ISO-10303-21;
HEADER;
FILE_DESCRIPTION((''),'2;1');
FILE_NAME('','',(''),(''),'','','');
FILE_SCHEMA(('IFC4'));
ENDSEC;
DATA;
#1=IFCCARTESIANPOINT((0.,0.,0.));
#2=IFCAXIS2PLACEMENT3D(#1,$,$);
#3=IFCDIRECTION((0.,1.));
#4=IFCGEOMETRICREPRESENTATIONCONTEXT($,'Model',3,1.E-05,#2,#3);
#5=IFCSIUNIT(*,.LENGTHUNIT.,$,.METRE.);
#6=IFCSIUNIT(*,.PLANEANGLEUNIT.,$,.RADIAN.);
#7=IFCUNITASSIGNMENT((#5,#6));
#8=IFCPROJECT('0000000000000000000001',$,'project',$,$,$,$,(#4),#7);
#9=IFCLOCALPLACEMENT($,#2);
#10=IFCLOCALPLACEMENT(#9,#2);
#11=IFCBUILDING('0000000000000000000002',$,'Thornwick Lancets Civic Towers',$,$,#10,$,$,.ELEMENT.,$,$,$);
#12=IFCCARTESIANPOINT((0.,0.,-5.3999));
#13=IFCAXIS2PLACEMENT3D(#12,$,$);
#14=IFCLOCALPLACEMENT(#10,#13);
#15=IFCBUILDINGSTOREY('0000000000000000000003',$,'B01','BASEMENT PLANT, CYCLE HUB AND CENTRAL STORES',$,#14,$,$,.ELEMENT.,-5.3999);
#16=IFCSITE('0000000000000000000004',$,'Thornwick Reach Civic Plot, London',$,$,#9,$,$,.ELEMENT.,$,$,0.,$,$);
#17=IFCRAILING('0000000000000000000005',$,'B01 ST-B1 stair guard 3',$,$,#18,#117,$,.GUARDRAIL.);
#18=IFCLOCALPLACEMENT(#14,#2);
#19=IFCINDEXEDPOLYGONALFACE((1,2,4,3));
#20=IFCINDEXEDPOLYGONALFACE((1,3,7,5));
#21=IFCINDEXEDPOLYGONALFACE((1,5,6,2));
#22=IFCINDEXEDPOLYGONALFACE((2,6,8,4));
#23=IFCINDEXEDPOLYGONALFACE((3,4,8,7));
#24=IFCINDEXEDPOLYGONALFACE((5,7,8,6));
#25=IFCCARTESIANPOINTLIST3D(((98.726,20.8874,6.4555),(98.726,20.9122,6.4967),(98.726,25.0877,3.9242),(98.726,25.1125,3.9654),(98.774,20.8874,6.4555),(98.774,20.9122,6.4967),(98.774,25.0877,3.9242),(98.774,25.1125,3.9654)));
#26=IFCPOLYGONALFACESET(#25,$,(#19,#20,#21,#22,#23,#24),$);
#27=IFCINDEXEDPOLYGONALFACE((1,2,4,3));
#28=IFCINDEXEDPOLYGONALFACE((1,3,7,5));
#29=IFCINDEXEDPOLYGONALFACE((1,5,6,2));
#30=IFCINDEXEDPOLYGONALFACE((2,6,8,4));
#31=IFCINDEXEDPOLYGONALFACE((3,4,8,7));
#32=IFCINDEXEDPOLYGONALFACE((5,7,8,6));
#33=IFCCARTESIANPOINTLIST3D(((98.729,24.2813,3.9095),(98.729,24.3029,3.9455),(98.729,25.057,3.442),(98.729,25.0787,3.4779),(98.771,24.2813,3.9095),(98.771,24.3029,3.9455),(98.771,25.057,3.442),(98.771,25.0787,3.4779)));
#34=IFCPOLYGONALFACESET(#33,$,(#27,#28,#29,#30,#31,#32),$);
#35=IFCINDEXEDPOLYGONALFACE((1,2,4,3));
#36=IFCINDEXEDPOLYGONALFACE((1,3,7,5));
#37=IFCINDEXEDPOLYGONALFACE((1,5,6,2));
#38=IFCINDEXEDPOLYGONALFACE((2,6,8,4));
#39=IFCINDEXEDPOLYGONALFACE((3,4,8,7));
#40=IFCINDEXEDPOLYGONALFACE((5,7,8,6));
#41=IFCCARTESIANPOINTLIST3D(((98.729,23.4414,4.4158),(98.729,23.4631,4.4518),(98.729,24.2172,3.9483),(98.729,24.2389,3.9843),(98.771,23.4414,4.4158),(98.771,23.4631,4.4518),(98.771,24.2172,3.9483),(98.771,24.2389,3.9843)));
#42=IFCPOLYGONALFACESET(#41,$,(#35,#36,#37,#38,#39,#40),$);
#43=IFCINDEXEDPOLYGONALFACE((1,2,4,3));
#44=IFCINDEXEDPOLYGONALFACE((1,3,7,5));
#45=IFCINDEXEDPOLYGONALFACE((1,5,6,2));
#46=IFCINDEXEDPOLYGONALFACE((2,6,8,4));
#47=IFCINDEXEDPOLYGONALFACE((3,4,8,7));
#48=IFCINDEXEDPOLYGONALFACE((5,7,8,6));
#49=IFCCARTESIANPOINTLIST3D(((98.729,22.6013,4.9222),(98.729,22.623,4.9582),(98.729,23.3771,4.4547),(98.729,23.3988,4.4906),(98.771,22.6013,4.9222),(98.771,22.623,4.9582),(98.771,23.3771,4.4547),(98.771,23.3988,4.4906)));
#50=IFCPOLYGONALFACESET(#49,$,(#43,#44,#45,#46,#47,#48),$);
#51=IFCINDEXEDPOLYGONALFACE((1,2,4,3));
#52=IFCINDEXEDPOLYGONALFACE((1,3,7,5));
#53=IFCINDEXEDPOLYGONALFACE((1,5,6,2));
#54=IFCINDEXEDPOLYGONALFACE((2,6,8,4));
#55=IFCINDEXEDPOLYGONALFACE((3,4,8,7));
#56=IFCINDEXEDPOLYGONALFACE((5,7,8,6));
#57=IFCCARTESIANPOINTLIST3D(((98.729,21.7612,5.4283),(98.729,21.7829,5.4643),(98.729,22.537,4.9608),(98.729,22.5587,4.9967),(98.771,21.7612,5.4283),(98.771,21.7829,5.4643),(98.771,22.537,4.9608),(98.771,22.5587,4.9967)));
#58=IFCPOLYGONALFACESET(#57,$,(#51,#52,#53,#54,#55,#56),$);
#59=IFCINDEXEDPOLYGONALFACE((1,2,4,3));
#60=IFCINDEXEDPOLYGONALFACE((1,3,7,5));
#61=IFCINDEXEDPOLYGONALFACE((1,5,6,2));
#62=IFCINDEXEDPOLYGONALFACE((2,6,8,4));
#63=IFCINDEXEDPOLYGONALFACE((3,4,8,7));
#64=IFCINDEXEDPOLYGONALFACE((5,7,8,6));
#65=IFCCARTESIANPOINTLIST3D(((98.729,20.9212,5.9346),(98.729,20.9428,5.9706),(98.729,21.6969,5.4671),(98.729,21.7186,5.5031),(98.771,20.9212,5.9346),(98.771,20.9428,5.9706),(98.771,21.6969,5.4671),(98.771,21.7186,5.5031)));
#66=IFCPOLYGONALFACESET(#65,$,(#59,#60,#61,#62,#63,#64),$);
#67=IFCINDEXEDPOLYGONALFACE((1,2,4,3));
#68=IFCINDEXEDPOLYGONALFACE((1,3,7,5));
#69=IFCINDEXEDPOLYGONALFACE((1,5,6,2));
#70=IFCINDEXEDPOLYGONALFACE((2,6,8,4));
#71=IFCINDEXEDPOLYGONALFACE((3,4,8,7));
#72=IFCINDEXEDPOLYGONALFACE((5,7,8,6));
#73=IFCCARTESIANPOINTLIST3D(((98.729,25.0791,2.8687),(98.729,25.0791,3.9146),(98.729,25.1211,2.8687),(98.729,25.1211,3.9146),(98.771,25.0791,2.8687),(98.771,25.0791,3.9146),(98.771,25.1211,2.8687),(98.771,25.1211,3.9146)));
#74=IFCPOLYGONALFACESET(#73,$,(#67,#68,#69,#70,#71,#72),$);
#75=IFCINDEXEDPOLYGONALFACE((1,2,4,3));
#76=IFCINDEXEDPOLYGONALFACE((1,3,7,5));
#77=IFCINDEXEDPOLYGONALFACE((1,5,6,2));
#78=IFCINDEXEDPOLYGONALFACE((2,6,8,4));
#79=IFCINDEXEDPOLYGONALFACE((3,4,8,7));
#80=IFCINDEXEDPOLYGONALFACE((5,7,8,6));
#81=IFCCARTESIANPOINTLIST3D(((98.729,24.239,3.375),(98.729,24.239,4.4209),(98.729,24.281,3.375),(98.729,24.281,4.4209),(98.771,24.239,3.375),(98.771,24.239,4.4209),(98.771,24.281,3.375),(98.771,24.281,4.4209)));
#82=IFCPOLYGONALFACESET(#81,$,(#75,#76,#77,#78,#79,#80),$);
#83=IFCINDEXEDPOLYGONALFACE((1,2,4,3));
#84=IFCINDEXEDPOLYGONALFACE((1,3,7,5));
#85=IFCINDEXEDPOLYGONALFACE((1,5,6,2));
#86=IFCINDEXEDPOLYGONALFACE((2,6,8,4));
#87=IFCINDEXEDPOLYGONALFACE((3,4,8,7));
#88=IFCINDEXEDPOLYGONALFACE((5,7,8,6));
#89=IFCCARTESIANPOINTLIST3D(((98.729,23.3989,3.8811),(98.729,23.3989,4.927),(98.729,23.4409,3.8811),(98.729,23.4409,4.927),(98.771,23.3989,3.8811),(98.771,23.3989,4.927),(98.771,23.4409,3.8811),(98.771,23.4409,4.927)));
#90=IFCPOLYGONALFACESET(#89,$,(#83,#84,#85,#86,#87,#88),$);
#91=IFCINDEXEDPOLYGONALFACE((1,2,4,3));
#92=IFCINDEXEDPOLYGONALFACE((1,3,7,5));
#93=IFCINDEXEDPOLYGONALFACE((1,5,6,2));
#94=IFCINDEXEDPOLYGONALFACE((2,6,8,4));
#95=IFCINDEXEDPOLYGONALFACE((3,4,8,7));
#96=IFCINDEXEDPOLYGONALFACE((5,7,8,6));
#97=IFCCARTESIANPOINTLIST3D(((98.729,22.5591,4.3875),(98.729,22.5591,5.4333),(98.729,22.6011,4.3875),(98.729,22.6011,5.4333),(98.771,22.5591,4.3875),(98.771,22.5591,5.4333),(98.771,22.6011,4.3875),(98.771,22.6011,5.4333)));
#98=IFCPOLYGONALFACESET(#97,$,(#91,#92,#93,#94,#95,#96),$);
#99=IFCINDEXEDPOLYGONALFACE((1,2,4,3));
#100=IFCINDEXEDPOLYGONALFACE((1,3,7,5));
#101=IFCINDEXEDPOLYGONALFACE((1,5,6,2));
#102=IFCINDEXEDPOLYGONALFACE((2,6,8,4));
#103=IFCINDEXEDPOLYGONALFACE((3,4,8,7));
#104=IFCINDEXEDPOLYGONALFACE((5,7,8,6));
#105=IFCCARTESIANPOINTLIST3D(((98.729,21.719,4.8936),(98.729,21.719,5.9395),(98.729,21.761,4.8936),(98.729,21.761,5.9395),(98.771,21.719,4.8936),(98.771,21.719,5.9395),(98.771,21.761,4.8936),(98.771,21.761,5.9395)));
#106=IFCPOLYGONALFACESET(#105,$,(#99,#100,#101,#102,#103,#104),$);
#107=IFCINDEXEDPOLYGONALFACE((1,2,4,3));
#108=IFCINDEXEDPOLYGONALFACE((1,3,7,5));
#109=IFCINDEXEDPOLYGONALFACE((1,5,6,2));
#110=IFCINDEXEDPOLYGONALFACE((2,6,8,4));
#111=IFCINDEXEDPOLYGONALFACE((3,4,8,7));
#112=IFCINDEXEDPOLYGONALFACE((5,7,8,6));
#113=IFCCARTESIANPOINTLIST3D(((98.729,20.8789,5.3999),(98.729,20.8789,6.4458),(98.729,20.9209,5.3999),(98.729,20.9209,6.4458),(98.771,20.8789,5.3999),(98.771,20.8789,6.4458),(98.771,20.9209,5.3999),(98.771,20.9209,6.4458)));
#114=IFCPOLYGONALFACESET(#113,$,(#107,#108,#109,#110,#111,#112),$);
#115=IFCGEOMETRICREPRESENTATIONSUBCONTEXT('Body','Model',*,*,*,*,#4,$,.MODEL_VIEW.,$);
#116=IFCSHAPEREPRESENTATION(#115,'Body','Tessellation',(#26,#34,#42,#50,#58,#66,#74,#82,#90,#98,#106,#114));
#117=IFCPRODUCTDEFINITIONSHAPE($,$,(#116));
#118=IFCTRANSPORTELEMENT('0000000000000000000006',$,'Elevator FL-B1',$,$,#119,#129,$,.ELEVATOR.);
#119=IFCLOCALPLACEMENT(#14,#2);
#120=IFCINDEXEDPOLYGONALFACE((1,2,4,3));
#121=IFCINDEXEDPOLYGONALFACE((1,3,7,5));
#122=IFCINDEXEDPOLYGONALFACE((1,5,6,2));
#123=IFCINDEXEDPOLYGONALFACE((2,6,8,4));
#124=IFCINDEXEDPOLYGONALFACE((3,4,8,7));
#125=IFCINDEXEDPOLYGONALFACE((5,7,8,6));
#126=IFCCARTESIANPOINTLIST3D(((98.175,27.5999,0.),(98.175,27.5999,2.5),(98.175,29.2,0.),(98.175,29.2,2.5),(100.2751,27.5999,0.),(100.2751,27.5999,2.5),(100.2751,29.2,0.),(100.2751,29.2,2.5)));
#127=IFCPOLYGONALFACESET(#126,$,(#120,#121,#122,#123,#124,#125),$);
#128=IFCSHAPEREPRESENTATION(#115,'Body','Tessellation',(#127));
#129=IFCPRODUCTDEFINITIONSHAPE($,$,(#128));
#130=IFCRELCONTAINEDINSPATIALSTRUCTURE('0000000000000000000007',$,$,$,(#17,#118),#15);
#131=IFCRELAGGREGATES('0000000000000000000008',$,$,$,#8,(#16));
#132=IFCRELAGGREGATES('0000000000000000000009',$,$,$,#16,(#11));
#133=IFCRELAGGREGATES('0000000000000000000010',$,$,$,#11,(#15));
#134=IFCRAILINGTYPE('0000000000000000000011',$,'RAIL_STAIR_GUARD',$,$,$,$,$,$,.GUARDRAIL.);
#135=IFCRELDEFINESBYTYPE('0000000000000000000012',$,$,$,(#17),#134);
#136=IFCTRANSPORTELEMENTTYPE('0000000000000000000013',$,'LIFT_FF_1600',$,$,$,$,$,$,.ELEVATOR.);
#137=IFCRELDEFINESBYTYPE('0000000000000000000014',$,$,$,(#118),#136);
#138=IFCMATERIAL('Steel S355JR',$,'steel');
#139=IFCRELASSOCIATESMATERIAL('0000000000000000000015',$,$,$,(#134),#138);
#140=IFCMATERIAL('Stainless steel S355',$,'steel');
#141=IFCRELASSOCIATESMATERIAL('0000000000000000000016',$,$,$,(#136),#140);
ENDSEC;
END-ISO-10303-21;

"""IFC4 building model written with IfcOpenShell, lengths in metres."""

from ifc_helpers import new_model, si_unit, direction, frame, origin, origin_2d, place, context, subcontext, project, spatial, rectangle, extrude, material, type_object, element, save


model = new_model("IFC4")

# Units and contexts
model_context = context("Model", 3, precision=1e-05, world=origin(), true_north=direction((0.0, 1.0)))
body_context = subcontext(model_context, "Body", "Model", "MODEL_VIEW")
ifc_project = project(units=[si_unit("LENGTHUNIT", "METRE"), si_unit("PLANEANGLEUNIT", "RADIAN")], contexts=[model_context])

# Site, building, storey
site_placement = place(None, origin())
site = spatial("IfcSite", under=ifc_project, at=site_placement, Name="Thornwick Reach Civic Plot, London", CompositionType="ELEMENT", RefElevation=0.0)
building_placement = place(site_placement, origin())
building = spatial("IfcBuilding", under=site, at=building_placement, Name="Thornwick Lancets Civic Towers", CompositionType="ELEMENT")
storey_placement = place(building_placement, frame((0.0, 0.0, -5.3999)))
storey = spatial("IfcBuildingStorey", under=building, at=storey_placement, Name="B01", Description="BASEMENT PLANT, CYCLE HUB AND CENTRAL STORES", CompositionType="ELEMENT", Elevation=-5.3999)

# Shared definitions
ifc_material_1 = material(Name="Steel S355JR", Category="steel")

# Railing
railing_type = type_object("IfcRailingType", Name="RAIL_STAIR_GUARD", PredefinedType="GUARDRAIL", material=ifc_material_1)
railing_1_placement = place(storey_placement, frame((98.75, 25.1001, 2.8687)))
element("IfcRailing", 1, at=railing_1_placement, inside=storey, type_object=railing_type, Name="B01 ST-B1 stair guard 3", PredefinedType="GUARDRAIL", context=body_context, shape_type="SweptSolid", body=[
    extrude(rectangle(XDim=0.0481, YDim=0.0481, at=origin_2d()), frame((0.0, 0.0, 1.0762), z_axis=(0.0, -0.85649, 0.516164), x_axis=(1.0, 0.0, 0.0)), (0.0, 0.0, 1.0), 4.9041),
    extrude(rectangle(XDim=0.042, YDim=0.042, at=origin_2d()), frame((0.0, -0.0322, 0.5913), z_axis=(0.0, -0.85649, 0.516164), x_axis=(1.0, 0.0, 0.0)), (0.0, 0.0, 1.0), 0.9058),
    extrude(rectangle(XDim=0.042, YDim=0.042, at=origin_2d()), frame((0.0, -0.8721, 1.0977), z_axis=(0.0, -0.85649, 0.516164), x_axis=(1.0, 0.0, 0.0)), (0.0, 0.0, 1.0), 0.9058),
    extrude(rectangle(XDim=0.042, YDim=0.042, at=origin_2d()), frame((0.0, -1.7122, 1.604), z_axis=(0.0, -0.85649, 0.516164), x_axis=(1.0, 0.0, 0.0)), (0.0, 0.0, 1.0), 0.9058),
    extrude(rectangle(XDim=0.042, YDim=0.042, at=origin_2d()), frame((0.0, -2.5522, 2.1101), z_axis=(0.0, -0.85649, 0.516164), x_axis=(1.0, 0.0, 0.0)), (0.0, 0.0, 1.0), 0.9058),
    extrude(rectangle(XDim=0.042, YDim=0.042, at=origin_2d()), frame((0.0, -3.3923, 2.6165), z_axis=(0.0, -0.85649, 0.516164), x_axis=(1.0, 0.0, 0.0)), (0.0, 0.0, 1.0), 0.9058),
    extrude(rectangle(XDim=0.042, YDim=0.042, at=origin_2d()), origin(), (0.0, 0.0, 1.0), 1.0459),
    extrude(rectangle(XDim=0.042, YDim=0.042, at=origin_2d()), frame((0.0, -0.8401, 0.5063)), (0.0, 0.0, 1.0), 1.0459),
    extrude(rectangle(XDim=0.042, YDim=0.042, at=origin_2d()), frame((0.0, -1.6802, 1.0125)), (0.0, 0.0, 1.0), 1.0459),
    extrude(rectangle(XDim=0.042, YDim=0.042, at=origin_2d()), frame((0.0, -2.52, 1.5188)), (0.0, 0.0, 1.0), 1.0459),
    extrude(rectangle(XDim=0.042, YDim=0.042, at=origin_2d()), frame((0.0, -3.3601, 2.0249)), (0.0, 0.0, 1.0), 1.0459),
    extrude(rectangle(XDim=0.042, YDim=0.042, at=origin_2d()), frame((0.0, -4.2002, 2.5312)), (0.0, 0.0, 1.0), 1.0459),
])

# Transport element
ifc_material_2 = material(Name="Stainless steel S355", Category="steel")
transport_element_type = type_object("IfcTransportElementType", Name="LIFT_FF_1600", PredefinedType="ELEVATOR", material=ifc_material_2)
transport_element_placement = place(storey_placement, frame((99.2251, 28.3999, 0.0), z_axis=(0.0, 0.0, 1.0), x_axis=(1.0, 0.0, 0.0)))
element("IfcTransportElement", 2, at=transport_element_placement, inside=storey, type_object=transport_element_type, Name="Elevator FL-B1", PredefinedType="ELEVATOR", context=body_context, shape_type="SweptSolid", body=[
    extrude(rectangle(XDim=2.1001, YDim=1.6001, at=origin_2d()), origin(), (0.0, 0.0, 1.0), 2.5),
])

save(model, "model.ifc")
